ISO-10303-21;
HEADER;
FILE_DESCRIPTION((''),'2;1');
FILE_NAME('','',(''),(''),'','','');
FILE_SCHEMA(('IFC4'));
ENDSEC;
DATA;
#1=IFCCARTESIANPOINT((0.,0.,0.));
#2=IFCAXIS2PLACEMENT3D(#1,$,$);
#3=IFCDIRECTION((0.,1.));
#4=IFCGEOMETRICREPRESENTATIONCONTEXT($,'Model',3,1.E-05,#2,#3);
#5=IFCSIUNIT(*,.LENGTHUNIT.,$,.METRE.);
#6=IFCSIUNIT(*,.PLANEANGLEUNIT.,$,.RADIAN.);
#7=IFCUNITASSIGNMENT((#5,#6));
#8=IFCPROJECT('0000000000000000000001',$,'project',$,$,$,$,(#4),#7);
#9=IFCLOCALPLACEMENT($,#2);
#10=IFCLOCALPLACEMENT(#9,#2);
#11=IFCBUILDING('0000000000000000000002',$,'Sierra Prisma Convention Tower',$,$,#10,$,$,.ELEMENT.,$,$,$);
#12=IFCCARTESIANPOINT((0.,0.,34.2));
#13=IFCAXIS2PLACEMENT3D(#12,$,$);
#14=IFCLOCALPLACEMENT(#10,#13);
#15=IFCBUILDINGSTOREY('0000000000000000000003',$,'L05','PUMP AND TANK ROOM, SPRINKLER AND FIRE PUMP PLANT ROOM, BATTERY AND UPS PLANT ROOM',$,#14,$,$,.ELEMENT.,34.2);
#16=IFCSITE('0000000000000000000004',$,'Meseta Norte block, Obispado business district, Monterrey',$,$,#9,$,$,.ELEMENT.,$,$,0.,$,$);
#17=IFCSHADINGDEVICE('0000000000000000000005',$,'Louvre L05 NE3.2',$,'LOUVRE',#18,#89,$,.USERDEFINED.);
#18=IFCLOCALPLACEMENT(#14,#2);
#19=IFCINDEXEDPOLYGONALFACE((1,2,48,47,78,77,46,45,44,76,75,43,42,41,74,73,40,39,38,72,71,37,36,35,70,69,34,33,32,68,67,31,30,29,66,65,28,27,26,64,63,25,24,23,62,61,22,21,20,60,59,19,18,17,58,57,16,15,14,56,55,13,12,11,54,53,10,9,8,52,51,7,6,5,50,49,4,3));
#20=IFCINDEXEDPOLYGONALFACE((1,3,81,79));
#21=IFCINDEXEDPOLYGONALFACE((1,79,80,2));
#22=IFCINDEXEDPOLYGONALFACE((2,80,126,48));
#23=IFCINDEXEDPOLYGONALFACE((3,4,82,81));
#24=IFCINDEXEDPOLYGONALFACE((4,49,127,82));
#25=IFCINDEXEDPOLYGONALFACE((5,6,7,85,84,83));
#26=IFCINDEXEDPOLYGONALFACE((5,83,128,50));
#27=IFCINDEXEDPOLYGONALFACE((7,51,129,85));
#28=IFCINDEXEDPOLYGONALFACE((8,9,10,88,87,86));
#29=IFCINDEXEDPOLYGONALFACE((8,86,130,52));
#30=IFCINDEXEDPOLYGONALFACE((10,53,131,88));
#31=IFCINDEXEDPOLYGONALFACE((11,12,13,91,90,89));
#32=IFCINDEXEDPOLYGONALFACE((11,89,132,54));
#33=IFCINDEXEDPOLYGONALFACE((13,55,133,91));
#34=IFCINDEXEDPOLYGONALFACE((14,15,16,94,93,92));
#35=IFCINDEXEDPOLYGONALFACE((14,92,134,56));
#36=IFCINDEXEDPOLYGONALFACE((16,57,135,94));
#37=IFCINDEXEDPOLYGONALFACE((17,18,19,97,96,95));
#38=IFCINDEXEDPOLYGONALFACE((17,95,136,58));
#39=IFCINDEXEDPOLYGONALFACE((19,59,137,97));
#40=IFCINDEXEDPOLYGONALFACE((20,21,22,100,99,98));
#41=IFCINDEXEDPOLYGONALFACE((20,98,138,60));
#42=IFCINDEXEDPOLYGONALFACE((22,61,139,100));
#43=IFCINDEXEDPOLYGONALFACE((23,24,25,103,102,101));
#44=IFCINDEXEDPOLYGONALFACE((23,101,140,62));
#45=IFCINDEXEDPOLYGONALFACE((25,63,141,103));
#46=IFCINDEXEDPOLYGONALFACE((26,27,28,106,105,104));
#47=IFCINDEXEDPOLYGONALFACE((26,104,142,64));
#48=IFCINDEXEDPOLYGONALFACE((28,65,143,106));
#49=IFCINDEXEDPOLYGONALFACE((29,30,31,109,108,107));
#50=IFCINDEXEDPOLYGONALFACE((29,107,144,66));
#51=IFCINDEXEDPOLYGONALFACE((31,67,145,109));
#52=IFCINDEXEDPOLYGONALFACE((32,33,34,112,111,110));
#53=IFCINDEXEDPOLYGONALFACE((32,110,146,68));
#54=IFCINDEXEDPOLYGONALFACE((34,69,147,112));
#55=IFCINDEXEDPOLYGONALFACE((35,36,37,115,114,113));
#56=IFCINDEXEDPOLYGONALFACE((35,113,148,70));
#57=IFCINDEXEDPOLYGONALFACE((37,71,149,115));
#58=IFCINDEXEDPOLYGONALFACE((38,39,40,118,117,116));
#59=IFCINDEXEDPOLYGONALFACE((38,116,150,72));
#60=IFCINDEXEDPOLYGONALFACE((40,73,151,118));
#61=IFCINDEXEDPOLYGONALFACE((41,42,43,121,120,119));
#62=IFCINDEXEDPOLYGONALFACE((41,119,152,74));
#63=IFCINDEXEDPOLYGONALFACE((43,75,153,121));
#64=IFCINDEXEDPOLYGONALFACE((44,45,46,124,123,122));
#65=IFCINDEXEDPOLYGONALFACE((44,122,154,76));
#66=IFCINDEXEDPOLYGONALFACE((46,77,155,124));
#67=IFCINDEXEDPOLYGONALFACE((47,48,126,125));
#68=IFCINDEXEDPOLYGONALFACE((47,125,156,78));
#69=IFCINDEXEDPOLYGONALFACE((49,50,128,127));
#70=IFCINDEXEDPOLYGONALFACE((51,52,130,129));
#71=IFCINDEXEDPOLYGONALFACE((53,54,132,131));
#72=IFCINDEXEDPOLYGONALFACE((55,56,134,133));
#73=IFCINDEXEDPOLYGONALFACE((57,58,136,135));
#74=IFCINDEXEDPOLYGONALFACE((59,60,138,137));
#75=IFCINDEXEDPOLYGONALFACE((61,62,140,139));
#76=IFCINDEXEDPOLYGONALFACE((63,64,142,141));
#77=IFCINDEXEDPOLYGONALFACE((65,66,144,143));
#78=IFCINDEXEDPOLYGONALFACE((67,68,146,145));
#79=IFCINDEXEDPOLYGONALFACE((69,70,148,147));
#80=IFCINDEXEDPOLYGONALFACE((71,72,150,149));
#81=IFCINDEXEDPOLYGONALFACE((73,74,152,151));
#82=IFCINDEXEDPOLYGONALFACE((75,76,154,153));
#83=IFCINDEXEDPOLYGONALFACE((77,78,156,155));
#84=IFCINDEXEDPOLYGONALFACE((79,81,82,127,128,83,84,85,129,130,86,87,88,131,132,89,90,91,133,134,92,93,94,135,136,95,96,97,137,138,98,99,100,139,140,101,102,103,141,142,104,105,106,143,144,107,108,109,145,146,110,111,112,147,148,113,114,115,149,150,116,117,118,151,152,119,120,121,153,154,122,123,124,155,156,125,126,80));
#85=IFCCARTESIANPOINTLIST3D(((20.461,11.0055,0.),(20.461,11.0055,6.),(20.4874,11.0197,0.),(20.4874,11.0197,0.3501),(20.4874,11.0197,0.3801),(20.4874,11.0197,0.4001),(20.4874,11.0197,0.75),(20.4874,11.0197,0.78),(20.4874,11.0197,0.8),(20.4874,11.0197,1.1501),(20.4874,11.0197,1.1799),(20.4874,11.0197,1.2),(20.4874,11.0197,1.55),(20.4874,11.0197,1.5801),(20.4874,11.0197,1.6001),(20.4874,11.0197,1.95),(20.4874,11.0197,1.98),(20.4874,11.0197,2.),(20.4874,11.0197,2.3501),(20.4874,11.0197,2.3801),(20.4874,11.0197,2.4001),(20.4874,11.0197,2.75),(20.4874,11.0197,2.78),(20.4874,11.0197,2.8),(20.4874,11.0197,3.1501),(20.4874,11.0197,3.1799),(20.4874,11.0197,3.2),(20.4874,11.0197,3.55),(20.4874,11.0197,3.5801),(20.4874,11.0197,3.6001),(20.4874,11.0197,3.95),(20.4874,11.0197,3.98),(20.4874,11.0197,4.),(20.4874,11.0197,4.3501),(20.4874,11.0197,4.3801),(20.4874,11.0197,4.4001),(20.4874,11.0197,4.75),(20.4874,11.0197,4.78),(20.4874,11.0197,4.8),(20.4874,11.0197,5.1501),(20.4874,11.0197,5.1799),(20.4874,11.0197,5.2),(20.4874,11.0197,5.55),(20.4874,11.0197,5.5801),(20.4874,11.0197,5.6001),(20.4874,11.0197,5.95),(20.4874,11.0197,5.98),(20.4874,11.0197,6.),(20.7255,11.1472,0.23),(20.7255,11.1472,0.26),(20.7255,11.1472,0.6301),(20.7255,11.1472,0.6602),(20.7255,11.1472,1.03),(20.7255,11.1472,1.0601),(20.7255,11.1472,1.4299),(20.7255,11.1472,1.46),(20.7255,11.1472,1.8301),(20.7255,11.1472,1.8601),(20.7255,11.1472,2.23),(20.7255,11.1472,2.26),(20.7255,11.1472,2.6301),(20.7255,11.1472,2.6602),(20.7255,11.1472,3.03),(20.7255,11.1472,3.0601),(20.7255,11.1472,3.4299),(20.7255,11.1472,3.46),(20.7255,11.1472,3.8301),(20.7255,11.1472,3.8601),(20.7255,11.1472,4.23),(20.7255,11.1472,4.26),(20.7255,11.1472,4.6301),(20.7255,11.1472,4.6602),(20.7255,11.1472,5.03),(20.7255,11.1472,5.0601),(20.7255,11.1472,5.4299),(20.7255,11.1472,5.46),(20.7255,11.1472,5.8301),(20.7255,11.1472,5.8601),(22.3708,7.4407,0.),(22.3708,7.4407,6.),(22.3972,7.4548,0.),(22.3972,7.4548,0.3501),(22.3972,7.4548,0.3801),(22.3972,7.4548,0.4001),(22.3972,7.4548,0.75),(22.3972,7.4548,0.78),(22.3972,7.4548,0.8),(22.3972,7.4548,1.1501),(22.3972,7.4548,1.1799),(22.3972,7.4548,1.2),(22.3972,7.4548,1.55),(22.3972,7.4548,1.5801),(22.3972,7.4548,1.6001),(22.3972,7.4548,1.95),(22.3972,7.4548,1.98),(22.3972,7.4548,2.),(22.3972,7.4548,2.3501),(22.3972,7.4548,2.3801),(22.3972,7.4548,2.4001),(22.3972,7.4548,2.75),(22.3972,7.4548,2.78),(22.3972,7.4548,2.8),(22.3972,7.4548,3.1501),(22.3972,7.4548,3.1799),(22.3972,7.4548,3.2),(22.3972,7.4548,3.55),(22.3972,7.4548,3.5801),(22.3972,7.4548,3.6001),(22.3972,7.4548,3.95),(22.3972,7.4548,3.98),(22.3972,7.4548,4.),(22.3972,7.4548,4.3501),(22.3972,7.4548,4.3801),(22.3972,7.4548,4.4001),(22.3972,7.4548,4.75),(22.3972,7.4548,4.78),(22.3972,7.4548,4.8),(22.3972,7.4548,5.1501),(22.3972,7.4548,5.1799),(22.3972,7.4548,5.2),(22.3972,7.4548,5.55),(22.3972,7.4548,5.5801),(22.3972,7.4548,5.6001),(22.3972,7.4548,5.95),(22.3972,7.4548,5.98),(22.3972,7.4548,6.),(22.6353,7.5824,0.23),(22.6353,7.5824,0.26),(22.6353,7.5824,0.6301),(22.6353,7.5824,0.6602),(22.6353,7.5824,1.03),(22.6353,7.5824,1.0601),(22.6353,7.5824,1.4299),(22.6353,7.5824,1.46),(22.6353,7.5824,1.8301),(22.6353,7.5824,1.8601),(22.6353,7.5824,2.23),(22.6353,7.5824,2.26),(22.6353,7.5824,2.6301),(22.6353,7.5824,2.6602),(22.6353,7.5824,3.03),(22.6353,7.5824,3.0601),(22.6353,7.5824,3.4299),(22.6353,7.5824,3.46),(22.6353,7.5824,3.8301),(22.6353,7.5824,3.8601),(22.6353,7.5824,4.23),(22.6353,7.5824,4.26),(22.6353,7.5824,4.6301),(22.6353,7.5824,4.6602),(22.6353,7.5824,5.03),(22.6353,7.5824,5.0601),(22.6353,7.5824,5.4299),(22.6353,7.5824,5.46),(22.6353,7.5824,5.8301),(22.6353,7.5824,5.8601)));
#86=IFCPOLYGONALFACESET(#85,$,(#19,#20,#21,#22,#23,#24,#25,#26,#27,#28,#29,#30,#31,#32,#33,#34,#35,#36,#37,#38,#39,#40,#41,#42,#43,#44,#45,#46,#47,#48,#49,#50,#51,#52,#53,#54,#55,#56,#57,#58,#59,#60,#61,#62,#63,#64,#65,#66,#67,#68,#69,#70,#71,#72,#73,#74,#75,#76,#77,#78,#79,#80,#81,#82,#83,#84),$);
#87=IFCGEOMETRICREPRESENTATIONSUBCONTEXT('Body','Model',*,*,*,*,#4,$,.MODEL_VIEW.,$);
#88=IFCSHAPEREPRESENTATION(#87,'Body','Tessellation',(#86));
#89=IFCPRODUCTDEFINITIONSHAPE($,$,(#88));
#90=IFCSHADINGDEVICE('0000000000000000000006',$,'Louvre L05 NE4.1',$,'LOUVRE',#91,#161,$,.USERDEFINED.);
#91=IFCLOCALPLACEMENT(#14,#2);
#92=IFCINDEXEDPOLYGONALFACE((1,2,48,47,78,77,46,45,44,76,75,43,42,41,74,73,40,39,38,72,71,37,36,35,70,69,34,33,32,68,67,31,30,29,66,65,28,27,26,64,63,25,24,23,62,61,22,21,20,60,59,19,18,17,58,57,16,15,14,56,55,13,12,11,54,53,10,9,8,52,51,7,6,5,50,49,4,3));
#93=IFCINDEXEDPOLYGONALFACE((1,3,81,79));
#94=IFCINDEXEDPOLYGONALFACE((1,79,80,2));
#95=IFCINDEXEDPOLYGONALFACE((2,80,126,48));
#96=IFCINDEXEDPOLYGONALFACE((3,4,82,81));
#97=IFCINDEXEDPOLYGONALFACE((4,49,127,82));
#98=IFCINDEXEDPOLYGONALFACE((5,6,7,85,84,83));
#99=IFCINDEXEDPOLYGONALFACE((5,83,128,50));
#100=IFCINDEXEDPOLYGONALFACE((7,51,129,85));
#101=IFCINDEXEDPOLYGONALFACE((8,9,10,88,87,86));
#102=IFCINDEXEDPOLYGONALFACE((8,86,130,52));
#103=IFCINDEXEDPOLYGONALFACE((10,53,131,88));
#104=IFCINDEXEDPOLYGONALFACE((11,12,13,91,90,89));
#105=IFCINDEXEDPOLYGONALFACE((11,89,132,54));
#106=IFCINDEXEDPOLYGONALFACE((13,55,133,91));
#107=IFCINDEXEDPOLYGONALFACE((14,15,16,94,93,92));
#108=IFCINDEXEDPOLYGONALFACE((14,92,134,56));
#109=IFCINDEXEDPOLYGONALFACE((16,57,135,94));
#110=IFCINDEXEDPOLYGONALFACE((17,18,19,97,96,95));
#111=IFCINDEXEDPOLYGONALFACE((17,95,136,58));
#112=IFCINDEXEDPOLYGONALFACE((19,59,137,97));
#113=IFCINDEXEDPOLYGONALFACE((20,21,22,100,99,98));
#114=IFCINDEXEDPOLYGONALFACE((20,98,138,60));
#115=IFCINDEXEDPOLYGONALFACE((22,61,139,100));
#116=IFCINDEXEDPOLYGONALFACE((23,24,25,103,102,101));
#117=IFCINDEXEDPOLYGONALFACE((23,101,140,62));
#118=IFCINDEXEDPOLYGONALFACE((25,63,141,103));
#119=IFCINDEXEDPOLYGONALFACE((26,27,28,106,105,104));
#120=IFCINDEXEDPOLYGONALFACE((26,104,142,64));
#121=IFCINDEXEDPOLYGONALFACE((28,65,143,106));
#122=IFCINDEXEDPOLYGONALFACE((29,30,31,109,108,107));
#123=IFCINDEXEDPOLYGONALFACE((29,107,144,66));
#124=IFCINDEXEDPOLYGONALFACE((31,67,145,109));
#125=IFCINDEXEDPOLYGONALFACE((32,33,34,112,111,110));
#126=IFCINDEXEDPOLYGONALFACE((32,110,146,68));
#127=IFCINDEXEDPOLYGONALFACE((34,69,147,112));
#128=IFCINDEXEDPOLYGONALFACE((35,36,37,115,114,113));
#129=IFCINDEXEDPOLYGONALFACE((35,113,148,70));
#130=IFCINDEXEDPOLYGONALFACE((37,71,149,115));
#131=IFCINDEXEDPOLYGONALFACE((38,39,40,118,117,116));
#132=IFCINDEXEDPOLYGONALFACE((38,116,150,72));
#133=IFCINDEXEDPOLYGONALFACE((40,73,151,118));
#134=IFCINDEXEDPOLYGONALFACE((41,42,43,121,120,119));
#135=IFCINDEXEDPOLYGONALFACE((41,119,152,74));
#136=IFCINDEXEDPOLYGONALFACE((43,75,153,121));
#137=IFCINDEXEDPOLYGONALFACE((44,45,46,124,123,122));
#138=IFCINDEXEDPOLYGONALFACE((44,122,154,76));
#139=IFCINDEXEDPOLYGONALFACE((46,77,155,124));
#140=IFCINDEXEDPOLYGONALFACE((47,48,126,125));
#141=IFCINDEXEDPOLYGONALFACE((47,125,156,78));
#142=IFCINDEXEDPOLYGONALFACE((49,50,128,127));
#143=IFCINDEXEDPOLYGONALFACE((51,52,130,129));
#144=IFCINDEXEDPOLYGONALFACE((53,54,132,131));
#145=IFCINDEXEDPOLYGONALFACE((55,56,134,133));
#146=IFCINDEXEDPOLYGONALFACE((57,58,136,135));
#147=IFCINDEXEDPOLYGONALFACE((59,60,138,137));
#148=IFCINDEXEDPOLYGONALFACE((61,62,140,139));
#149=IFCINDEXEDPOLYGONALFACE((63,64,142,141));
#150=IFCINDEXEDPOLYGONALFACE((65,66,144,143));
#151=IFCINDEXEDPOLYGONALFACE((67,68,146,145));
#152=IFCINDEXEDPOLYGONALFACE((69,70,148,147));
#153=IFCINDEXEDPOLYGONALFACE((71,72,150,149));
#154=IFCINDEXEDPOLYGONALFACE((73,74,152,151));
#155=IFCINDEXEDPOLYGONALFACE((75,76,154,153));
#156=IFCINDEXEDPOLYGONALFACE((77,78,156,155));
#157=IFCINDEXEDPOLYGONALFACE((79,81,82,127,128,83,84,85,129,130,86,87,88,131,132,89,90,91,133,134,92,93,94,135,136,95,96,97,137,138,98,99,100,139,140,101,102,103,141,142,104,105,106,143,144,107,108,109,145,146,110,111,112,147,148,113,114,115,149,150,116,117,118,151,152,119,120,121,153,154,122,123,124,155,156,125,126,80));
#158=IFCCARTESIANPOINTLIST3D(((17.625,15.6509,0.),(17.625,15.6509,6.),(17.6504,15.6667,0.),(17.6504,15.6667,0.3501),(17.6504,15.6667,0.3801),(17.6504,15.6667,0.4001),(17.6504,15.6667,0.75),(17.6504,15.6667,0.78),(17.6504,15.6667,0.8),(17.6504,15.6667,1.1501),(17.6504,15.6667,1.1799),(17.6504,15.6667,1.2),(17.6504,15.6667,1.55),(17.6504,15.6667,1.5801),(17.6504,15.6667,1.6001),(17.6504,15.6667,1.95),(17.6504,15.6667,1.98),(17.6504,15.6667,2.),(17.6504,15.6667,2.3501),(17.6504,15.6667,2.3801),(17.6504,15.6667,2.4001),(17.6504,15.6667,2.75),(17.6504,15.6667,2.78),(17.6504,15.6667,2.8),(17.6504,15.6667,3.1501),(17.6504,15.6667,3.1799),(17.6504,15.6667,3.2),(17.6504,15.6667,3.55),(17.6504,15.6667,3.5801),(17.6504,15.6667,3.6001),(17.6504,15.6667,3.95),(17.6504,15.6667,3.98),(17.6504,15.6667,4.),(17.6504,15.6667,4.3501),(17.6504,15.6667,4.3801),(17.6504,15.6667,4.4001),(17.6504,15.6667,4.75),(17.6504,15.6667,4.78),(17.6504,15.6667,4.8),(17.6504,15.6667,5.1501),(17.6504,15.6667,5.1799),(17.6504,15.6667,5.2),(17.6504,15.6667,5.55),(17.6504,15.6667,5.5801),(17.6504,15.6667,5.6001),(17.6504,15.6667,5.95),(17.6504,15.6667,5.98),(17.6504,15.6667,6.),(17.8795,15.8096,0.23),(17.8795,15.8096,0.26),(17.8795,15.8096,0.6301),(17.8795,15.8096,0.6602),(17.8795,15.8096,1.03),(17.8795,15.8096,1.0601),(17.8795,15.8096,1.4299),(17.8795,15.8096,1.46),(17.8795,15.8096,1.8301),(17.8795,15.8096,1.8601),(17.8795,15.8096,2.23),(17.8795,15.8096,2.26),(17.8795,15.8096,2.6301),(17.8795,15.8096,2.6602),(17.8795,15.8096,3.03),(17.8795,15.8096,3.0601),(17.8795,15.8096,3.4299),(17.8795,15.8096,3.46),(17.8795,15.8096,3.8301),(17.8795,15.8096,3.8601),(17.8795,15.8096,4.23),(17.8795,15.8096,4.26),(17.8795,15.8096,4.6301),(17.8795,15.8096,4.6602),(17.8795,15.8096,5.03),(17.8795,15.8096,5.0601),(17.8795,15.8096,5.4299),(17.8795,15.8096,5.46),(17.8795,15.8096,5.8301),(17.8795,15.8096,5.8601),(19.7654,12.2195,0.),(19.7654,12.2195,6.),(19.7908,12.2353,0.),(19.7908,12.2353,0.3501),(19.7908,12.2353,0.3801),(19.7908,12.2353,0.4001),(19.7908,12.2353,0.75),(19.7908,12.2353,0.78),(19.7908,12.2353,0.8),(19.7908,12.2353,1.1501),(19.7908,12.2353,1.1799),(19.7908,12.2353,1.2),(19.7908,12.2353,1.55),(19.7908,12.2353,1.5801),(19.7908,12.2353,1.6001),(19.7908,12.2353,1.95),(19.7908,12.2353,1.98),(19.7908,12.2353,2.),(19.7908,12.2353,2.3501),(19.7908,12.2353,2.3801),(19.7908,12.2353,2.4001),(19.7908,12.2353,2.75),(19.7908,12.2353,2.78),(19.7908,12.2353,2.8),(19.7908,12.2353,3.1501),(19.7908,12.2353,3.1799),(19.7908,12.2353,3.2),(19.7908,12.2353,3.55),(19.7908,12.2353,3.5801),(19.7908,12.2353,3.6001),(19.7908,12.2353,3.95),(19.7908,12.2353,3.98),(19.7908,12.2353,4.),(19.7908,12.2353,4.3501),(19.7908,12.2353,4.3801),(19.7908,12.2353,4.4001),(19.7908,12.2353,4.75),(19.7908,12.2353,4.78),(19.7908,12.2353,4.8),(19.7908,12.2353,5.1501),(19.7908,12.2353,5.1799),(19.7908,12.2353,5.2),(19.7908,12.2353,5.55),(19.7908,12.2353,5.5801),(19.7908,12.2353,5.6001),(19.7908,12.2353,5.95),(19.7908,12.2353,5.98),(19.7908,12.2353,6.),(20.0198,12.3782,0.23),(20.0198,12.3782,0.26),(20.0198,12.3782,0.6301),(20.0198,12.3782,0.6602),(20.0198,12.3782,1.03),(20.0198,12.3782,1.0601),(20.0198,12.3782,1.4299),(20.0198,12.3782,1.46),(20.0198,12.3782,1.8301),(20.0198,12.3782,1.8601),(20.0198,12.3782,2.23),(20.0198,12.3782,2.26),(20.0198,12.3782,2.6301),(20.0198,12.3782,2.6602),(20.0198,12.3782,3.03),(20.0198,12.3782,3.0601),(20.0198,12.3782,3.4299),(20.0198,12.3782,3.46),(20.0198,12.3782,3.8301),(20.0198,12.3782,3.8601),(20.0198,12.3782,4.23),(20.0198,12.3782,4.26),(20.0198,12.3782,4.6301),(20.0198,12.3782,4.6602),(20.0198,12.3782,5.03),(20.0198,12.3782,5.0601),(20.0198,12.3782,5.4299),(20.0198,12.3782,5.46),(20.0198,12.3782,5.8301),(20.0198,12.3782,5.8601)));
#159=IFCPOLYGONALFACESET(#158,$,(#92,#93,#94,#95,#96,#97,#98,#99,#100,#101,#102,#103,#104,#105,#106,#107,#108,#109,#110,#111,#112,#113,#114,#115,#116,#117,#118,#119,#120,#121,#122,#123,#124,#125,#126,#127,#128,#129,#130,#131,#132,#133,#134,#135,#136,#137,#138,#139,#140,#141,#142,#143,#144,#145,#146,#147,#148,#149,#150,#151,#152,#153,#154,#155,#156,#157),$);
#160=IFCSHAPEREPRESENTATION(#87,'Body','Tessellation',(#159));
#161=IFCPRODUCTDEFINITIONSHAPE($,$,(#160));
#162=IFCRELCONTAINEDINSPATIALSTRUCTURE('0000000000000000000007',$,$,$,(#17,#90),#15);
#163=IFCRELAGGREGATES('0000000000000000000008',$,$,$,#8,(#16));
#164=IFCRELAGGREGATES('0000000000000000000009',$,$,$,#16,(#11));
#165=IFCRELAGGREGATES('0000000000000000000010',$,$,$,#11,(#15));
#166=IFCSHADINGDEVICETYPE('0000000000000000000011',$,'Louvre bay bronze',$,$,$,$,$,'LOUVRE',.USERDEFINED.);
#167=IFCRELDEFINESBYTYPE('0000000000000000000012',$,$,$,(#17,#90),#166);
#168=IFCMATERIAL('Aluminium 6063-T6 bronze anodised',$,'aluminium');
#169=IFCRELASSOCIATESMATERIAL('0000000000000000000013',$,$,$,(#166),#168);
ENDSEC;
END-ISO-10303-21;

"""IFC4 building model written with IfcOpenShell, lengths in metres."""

from ifc_helpers import new_model, si_unit, direction, frame, origin, place, context, subcontext, project, spatial, polyline, outline, extrude, material, type_object, element, save


model = new_model("IFC4")

# Units and contexts
model_context = context("Model", 3, precision=1e-05, world=origin(), true_north=direction((0.0, 1.0)))
body_context = subcontext(model_context, "Body", "Model", "MODEL_VIEW")
ifc_project = project(units=[si_unit("LENGTHUNIT", "METRE"), si_unit("PLANEANGLEUNIT", "RADIAN")], contexts=[model_context])

# Site, building, storey
site_placement = place(None, origin())
site = spatial("IfcSite", under=ifc_project, at=site_placement, Name="Meseta Norte block, Obispado business district, Monterrey", CompositionType="ELEMENT", RefElevation=0.0)
building_placement = place(site_placement, origin())
building = spatial("IfcBuilding", under=site, at=building_placement, Name="Sierra Prisma Convention Tower", CompositionType="ELEMENT")
storey_placement = place(building_placement, frame((0.0, 0.0, 34.2)))
storey = spatial("IfcBuildingStorey", under=building, at=storey_placement, Name="L05", Description="PUMP AND TANK ROOM, SPRINKLER AND FIRE PUMP PLANT ROOM, BATTERY AND UPS PLANT ROOM", CompositionType="ELEMENT", Elevation=34.2)

# Shading devices
ifc_material_1 = material(Name="Aluminium 6063-T6 bronze anodised", Category="aluminium")
shading_device_type = type_object("IfcShadingDeviceType", Name="Louvre bay bronze", ElementType="LOUVRE", PredefinedType="USERDEFINED", material=ifc_material_1)
shading_device_1_placement = place(storey_placement, frame((22.3708, 7.4407, 0.0), z_axis=(0.472235, -0.881473, 0.0), x_axis=(0.0, 0.0, 1.0)))
element("IfcShadingDevice", 1, at=shading_device_1_placement, inside=storey, type_object=shading_device_type, Name="Louvre L05 NE3.2", ObjectType="LOUVRE", PredefinedType="USERDEFINED", context=body_context, shape_type="SweptSolid", body=[
    extrude(outline(polyline([(0.0, 0.0), (6.0, 0.0), (6.0, -0.0299), (5.98, -0.0299), (5.8601, -0.3), (5.8301, -0.3), (5.95, -0.0299), (5.6001, -0.0299), (5.5801, -0.0299), (5.46, -0.3), (5.4299, -0.3), (5.55, -0.0299), (5.2, -0.0299), (5.1799, -0.0299), (5.0601, -0.3), (5.03, -0.3), (5.1501, -0.0299), (4.8, -0.0299), (4.78, -0.0299), (4.6602, -0.3), (4.6301, -0.3), (4.75, -0.0299), (4.4001, -0.0299), (4.3801, -0.0299), (4.26, -0.3), (4.23, -0.3), (4.3501, -0.0299), (4.0, -0.0299), (3.98, -0.0299), (3.8601, -0.3), (3.8301, -0.3), (3.95, -0.0299), (3.6001, -0.0299), (3.5801, -0.0299), (3.46, -0.3), (3.4299, -0.3), (3.55, -0.0299), (3.2, -0.0299), (3.1799, -0.0299), (3.0601, -0.3), (3.03, -0.3), (3.1501, -0.0299), (2.8, -0.0299), (2.78, -0.0299), (2.6602, -0.3), (2.6301, -0.3), (2.75, -0.0299), (2.4001, -0.0299), (2.3801, -0.0299), (2.26, -0.3), (2.23, -0.3), (2.3501, -0.0299), (2.0, -0.0299), (1.98, -0.0299), (1.8601, -0.3), (1.8301, -0.3), (1.95, -0.0299), (1.6001, -0.0299), (1.5801, -0.0299), (1.46, -0.3), (1.4299, -0.3), (1.55, -0.0299), (1.2, -0.0299), (1.1799, -0.0299), (1.0601, -0.3), (1.03, -0.3), (1.1501, -0.0299), (0.8, -0.0299), (0.78, -0.0299), (0.6602, -0.3), (0.6301, -0.3), (0.75, -0.0299), (0.4001, -0.0299), (0.3801, -0.0299), (0.26, -0.3), (0.23, -0.3), (0.3501, -0.0299), (0.0, -0.0299), (0.0, 0.0)])), origin(), (0.0, 0.0, -1.0), 4.0442),
])
shading_device_2_placement = place(storey_placement, frame((19.7654, 12.2195, 0.0), z_axis=(0.529244, -0.848469, 0.0), x_axis=(0.0, 0.0, 1.0)))
element("IfcShadingDevice", 2, at=shading_device_2_placement, inside=storey, type_object=shading_device_type, Name="Louvre L05 NE4.1", ObjectType="LOUVRE", PredefinedType="USERDEFINED", context=body_context, shape_type="SweptSolid", body=[
    extrude(outline(polyline([(0.0, 0.0), (6.0, 0.0), (6.0, -0.0299), (5.98, -0.0299), (5.8601, -0.2999), (5.8301, -0.2999), (5.95, -0.0299), (5.6001, -0.0299), (5.5801, -0.0299), (5.46, -0.2999), (5.4299, -0.2999), (5.55, -0.0299), (5.2, -0.0299), (5.1799, -0.0299), (5.0601, -0.2999), (5.03, -0.2999), (5.1501, -0.0299), (4.8, -0.0299), (4.78, -0.0299), (4.6602, -0.2999), (4.6301, -0.2999), (4.75, -0.0299), (4.4001, -0.0299), (4.3801, -0.0299), (4.26, -0.2999), (4.23, -0.2999), (4.3501, -0.0299), (4.0, -0.0299), (3.98, -0.0299), (3.8601, -0.2999), (3.8301, -0.2999), (3.95, -0.0299), (3.6001, -0.0299), (3.5801, -0.0299), (3.46, -0.2999), (3.4299, -0.2999), (3.55, -0.0299), (3.2, -0.0299), (3.1799, -0.0299), (3.0601, -0.2999), (3.03, -0.2999), (3.1501, -0.0299), (2.8, -0.0299), (2.78, -0.0299), (2.6602, -0.2999), (2.6301, -0.2999), (2.75, -0.0299), (2.4001, -0.0299), (2.3801, -0.0299), (2.26, -0.2999), (2.23, -0.2999), (2.3501, -0.0299), (2.0, -0.0299), (1.98, -0.0299), (1.8601, -0.2999), (1.8301, -0.2999), (1.95, -0.0299), (1.6001, -0.0299), (1.5801, -0.0299), (1.46, -0.2999), (1.4299, -0.2999), (1.55, -0.0299), (1.2, -0.0299), (1.1799, -0.0299), (1.0601, -0.2999), (1.03, -0.2999), (1.1501, -0.0299), (0.8, -0.0299), (0.78, -0.0299), (0.6602, -0.2999), (0.6301, -0.2999), (0.75, -0.0299), (0.4001, -0.0299), (0.3801, -0.0299), (0.26, -0.2999), (0.23, -0.2999), (0.3501, -0.0299), (0.0, -0.0299), (0.0, 0.0)])), origin(), (0.0, 0.0, -1.0), 4.0442),
])

save(model, "model.ifc")
